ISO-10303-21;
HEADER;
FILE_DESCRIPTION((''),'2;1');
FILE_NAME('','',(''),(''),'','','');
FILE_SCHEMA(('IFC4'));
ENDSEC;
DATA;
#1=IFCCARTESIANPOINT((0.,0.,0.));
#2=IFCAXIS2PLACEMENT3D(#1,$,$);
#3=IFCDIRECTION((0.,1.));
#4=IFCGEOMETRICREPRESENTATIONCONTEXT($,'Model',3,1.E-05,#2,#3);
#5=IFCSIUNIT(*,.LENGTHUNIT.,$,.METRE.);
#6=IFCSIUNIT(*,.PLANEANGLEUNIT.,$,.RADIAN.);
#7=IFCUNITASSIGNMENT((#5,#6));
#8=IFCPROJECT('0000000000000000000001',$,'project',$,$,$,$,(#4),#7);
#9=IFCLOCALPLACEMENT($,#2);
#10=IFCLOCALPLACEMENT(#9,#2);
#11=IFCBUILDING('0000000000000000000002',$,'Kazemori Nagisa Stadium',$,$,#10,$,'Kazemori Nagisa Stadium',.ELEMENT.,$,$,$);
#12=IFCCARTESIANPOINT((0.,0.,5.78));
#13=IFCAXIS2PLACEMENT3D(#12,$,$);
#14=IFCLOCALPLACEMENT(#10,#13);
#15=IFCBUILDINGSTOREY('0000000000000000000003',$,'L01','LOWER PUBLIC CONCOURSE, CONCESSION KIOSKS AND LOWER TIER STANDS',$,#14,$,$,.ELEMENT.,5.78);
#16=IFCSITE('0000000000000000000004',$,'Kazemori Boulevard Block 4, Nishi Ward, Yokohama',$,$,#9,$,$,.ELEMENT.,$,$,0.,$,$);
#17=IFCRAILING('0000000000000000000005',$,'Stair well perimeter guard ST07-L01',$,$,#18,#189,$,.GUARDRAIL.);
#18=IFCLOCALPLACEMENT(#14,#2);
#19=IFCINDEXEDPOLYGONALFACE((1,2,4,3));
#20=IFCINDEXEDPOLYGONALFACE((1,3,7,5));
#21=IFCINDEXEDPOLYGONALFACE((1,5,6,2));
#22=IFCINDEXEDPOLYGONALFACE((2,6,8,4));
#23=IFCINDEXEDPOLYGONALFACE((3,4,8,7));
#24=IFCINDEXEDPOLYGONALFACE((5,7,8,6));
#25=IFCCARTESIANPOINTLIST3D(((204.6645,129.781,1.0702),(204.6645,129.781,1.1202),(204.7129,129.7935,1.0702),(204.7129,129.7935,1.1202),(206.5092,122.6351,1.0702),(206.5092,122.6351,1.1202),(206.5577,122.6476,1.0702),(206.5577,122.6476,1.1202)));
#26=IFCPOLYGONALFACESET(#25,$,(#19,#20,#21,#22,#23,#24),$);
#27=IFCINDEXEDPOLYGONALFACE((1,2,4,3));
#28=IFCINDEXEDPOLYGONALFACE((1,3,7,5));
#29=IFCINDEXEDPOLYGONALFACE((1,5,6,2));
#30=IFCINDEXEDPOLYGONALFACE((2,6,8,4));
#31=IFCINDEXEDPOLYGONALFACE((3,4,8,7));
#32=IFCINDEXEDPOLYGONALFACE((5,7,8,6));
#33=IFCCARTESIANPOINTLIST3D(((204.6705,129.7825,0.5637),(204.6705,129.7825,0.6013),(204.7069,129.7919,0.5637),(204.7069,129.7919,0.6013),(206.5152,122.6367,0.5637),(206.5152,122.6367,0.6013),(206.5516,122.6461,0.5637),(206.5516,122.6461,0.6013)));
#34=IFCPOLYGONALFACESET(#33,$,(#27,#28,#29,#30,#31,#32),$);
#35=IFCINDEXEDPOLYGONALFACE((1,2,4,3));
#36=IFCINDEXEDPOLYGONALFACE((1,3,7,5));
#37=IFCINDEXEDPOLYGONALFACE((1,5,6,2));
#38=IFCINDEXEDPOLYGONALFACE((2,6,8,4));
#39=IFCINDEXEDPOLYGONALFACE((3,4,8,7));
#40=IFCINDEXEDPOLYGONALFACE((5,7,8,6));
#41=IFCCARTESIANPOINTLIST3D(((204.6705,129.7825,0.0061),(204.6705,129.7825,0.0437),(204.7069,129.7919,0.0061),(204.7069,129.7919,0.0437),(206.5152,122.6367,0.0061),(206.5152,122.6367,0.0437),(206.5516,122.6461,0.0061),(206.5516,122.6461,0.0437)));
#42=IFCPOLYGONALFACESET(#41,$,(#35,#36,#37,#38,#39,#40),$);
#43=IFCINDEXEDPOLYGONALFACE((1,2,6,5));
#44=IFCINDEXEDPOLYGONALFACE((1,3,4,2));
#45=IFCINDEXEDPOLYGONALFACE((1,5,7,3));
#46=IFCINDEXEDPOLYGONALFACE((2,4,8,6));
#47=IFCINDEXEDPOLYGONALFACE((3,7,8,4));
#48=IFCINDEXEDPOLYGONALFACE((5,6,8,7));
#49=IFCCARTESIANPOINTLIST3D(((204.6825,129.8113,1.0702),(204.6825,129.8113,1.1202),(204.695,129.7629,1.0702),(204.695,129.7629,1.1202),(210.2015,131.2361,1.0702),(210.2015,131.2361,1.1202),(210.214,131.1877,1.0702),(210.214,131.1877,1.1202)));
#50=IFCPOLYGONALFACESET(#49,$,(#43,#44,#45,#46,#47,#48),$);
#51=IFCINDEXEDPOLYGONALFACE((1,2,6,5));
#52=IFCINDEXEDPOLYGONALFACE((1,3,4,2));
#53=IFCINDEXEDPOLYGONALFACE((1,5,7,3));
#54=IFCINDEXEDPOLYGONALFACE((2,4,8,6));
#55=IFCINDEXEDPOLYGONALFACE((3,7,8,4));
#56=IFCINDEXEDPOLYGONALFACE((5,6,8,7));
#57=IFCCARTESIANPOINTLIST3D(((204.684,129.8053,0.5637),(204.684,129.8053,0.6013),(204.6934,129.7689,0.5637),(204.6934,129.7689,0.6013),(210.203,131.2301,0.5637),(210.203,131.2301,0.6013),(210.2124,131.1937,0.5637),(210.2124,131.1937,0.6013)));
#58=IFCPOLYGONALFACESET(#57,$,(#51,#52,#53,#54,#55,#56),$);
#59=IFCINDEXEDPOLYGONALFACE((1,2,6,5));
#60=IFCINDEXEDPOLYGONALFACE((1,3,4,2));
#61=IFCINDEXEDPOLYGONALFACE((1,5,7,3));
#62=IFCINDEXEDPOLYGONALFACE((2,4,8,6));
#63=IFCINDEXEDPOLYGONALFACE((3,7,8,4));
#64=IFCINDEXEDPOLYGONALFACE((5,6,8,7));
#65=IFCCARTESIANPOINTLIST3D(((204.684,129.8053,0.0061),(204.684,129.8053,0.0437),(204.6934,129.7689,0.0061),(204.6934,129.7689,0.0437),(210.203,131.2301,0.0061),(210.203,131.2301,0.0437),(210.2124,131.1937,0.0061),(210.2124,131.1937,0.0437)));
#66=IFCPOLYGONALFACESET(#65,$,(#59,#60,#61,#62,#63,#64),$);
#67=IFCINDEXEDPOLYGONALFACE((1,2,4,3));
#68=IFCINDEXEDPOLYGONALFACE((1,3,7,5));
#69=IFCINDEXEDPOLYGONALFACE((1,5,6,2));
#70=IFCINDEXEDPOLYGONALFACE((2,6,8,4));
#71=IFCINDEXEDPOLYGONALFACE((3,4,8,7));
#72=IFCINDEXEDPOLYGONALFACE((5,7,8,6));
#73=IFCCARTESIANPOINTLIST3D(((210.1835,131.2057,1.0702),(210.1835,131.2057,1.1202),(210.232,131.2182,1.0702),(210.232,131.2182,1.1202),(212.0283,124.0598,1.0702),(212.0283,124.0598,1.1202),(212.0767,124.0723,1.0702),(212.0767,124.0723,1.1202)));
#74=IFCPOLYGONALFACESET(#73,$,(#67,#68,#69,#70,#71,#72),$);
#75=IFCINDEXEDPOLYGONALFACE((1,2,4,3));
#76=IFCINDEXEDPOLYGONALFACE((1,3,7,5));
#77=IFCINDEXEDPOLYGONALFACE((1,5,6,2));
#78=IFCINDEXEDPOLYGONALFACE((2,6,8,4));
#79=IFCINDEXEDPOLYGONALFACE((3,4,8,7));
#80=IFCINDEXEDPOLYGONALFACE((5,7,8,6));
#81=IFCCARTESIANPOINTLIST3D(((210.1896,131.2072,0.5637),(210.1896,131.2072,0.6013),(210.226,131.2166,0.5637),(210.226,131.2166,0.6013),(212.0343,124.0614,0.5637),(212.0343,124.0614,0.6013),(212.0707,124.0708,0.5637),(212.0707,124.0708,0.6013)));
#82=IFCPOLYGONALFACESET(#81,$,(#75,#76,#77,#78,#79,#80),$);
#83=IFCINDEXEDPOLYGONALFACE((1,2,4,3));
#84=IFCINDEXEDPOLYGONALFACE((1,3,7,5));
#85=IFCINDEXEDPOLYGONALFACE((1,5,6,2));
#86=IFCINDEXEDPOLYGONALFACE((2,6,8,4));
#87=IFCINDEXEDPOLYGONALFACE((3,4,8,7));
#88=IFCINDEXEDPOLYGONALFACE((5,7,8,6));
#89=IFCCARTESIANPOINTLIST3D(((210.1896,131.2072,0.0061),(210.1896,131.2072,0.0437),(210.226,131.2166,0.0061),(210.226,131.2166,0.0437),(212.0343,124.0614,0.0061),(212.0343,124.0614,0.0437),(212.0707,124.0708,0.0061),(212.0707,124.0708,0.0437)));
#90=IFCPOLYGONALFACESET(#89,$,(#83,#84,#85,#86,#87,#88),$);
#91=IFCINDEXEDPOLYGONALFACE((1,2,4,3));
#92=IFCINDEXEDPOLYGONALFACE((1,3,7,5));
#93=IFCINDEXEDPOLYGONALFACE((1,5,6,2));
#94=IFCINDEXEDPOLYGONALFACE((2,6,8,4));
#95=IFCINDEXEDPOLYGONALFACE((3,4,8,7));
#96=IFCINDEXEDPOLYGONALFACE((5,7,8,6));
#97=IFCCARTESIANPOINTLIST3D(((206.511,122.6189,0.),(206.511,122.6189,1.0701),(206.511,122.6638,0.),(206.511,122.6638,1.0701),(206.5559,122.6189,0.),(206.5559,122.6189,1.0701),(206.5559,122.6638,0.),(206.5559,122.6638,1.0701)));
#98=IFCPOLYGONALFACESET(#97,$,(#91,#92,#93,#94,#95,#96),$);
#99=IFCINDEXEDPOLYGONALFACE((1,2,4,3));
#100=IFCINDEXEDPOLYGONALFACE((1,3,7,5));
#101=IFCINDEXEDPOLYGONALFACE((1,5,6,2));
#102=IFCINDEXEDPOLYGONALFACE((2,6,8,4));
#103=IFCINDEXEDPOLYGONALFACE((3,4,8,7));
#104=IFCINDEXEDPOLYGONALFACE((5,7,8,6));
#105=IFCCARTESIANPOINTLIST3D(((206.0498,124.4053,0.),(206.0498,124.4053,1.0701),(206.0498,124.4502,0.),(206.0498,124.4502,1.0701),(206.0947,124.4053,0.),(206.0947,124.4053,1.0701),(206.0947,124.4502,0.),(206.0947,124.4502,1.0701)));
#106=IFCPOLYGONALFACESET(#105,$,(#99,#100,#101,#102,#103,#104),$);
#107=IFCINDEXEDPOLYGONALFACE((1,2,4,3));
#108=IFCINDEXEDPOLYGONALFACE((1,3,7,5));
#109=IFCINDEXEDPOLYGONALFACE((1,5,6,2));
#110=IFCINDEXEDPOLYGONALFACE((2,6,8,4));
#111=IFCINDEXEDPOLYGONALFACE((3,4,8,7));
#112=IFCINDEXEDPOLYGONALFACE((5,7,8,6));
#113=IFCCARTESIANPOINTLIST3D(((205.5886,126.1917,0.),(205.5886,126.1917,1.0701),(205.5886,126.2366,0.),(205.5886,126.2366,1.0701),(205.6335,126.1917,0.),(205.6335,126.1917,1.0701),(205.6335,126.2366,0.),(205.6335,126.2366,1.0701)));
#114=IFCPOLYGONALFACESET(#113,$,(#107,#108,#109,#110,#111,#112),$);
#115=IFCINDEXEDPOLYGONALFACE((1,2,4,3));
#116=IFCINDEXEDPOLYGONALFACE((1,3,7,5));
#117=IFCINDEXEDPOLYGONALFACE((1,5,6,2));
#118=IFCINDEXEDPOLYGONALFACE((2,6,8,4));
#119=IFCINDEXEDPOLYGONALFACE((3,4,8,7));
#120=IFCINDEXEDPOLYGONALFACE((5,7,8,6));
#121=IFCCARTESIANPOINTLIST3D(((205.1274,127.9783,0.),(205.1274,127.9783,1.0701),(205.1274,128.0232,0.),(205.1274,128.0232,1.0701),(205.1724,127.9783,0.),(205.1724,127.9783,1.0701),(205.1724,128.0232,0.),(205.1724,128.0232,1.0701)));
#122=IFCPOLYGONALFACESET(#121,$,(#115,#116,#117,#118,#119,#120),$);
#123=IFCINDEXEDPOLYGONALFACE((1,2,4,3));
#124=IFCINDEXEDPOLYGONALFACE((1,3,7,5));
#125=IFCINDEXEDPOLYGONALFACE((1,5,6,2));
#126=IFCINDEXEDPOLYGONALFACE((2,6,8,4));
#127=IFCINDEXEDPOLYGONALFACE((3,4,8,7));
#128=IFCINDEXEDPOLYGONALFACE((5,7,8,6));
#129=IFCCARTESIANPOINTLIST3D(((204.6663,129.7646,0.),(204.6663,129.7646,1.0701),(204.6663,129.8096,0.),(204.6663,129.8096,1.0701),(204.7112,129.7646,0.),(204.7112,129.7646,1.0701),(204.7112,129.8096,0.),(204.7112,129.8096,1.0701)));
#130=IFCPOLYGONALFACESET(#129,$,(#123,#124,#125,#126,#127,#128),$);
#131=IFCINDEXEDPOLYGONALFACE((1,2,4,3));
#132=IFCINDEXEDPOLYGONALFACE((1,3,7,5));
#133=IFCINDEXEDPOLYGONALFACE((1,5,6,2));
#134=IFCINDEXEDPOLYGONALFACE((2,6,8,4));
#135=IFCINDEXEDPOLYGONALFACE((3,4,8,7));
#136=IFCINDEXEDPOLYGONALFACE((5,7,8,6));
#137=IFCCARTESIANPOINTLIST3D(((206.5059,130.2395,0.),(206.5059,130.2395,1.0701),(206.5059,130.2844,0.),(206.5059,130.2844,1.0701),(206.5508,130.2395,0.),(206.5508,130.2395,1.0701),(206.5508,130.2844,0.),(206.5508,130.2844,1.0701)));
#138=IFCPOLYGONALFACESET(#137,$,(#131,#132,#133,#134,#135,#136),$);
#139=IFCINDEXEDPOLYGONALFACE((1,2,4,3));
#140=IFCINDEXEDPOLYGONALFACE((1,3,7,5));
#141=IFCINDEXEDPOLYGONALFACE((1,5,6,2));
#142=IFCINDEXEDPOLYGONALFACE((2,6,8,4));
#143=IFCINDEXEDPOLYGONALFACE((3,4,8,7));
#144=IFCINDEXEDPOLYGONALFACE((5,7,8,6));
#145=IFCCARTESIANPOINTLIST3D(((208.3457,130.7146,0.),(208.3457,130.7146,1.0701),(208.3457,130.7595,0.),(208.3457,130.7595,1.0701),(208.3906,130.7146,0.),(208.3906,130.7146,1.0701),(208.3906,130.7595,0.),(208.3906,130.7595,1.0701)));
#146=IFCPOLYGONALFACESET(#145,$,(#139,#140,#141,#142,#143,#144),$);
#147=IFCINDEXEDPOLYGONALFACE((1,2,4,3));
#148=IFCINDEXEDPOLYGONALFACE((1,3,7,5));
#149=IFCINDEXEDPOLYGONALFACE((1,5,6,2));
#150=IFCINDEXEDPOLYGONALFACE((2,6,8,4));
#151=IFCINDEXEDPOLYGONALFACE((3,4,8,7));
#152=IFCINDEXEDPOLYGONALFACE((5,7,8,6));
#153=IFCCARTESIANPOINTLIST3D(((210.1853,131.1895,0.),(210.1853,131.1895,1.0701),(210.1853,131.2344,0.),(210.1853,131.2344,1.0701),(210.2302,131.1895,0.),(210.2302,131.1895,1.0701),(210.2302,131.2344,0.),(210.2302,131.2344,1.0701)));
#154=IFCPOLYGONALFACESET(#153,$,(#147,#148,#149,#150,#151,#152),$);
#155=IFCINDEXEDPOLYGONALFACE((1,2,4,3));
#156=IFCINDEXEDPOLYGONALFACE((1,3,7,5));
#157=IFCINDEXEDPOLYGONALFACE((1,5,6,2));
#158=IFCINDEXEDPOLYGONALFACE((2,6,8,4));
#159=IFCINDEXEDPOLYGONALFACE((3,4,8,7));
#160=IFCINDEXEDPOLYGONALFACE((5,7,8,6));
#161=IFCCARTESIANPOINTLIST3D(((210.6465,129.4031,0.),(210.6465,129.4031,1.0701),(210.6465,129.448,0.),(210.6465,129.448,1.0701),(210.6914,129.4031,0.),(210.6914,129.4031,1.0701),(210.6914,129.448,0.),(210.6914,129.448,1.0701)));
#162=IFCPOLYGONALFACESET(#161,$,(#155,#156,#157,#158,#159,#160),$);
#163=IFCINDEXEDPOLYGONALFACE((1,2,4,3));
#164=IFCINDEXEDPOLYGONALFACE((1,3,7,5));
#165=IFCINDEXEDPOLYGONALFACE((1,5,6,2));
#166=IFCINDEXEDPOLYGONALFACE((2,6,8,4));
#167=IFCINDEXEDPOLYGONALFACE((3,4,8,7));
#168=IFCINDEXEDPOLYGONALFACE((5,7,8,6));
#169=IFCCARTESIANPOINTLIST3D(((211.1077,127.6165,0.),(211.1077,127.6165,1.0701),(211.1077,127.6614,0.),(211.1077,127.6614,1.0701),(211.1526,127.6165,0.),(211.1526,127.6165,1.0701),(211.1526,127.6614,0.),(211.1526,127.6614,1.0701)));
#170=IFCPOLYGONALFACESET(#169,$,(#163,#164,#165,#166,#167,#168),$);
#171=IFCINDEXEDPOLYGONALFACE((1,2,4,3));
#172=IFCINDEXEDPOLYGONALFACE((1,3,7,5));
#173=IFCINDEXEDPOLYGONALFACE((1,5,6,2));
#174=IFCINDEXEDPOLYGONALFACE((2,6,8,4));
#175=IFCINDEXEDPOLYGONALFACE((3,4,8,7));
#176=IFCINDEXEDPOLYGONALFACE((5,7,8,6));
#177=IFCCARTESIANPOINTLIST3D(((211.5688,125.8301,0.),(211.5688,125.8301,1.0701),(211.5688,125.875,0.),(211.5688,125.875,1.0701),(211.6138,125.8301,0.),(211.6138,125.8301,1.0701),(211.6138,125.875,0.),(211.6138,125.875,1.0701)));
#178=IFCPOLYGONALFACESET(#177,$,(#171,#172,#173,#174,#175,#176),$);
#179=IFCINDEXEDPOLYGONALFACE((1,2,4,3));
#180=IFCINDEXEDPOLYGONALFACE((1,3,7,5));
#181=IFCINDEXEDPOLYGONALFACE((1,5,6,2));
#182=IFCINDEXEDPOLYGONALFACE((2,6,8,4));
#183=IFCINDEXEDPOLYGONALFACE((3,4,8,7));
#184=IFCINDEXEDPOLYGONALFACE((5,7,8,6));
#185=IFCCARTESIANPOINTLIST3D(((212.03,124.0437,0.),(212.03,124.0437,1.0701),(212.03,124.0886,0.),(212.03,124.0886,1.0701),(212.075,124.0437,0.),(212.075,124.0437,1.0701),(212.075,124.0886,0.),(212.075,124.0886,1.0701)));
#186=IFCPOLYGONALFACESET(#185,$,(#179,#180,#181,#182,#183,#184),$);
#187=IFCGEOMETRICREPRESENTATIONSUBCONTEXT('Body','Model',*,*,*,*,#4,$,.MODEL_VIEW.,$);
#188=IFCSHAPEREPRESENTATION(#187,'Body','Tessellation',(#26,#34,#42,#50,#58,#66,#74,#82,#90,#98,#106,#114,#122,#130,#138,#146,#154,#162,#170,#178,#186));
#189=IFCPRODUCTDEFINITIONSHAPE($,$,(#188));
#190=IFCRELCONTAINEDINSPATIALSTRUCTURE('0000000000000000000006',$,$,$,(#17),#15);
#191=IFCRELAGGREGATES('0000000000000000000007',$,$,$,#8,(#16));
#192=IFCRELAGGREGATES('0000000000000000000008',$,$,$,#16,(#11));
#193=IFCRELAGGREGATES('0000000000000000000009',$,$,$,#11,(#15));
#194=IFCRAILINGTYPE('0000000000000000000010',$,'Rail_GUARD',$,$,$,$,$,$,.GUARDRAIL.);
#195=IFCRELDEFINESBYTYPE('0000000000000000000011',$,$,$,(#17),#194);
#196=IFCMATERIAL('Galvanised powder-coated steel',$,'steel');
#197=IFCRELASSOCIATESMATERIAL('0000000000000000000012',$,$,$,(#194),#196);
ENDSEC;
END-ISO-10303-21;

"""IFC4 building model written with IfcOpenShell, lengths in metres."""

from ifc_helpers import new_model, si_unit, direction, frame, origin, origin_2d, place, context, subcontext, project, spatial, rectangle, extrude, material, type_object, element, save


model = new_model("IFC4")

# Units and contexts
model_context = context("Model", 3, precision=1e-05, world=origin(), true_north=direction((0.0, 1.0)))
body_context = subcontext(model_context, "Body", "Model", "MODEL_VIEW")
ifc_project = project(units=[si_unit("LENGTHUNIT", "METRE"), si_unit("PLANEANGLEUNIT", "RADIAN")], contexts=[model_context])

# Site, building, storey
site_placement = place(None, origin())
site = spatial("IfcSite", under=ifc_project, at=site_placement, Name="Kazemori Boulevard Block 4, Nishi Ward, Yokohama", CompositionType="ELEMENT", RefElevation=0.0)
building_placement = place(site_placement, origin())
building = spatial("IfcBuilding", under=site, at=building_placement, Name="Kazemori Nagisa Stadium", LongName="Kazemori Nagisa Stadium", CompositionType="ELEMENT")
storey_placement = place(building_placement, frame((0.0, 0.0, 5.78)))
storey = spatial("IfcBuildingStorey", under=building, at=storey_placement, Name="L01", Description="LOWER PUBLIC CONCOURSE, CONCESSION KIOSKS AND LOWER TIER STANDS", CompositionType="ELEMENT", Elevation=5.78)

# Railing
ifc_material_1 = material(Name="Galvanised powder-coated steel", Category="steel")
railing_type_1 = type_object("IfcRailingType", Name="Rail_GUARD", PredefinedType="GUARDRAIL", material=ifc_material_1)
railing_1_placement = place(storey_placement, frame((206.5334, 122.6414, 0.0)))
element("IfcRailing", 1, at=railing_1_placement, inside=storey, type_object=railing_type_1, Name="Stair well perimeter guard ST07-L01", PredefinedType="GUARDRAIL", context=body_context, shape_type="SweptSolid", body=[
    extrude(rectangle(XDim=0.05, YDim=0.05, at=origin_2d()), frame((0.0, 0.0, 1.0952), z_axis=(-0.249962, 0.968256, 0.0), x_axis=(-0.968256, -0.249962, 0.0)), (0.0, 0.0, 1.0), 7.3801),
    extrude(rectangle(XDim=0.0376, YDim=0.0376, at=origin_2d()), frame((0.0, 0.0, 0.5825), z_axis=(-0.249962, 0.968256, 0.0), x_axis=(-0.968256, -0.249962, 0.0)), (0.0, 0.0, 1.0), 7.3801),
    extrude(rectangle(XDim=0.0376, YDim=0.0376, at=origin_2d()), frame((0.0, 0.0, 0.0249), z_axis=(-0.249962, 0.968256, 0.0), x_axis=(-0.968256, -0.249962, 0.0)), (0.0, 0.0, 1.0), 7.3801),
    extrude(rectangle(XDim=0.05, YDim=0.05, at=origin_2d()), frame((-1.8447, 7.1458, 1.0952), z_axis=(0.968255, 0.249966, 0.0), x_axis=(-0.249966, 0.968255, 0.0)), (0.0, 0.0, 1.0), 5.7),
    extrude(rectangle(XDim=0.0376, YDim=0.0376, at=origin_2d()), frame((-1.8447, 7.1458, 0.5825), z_axis=(0.968255, 0.249966, 0.0), x_axis=(-0.249966, 0.968255, 0.0)), (0.0, 0.0, 1.0), 5.7),
    extrude(rectangle(XDim=0.0376, YDim=0.0376, at=origin_2d()), frame((-1.8447, 7.1458, 0.0249), z_axis=(0.968255, 0.249966, 0.0), x_axis=(-0.249966, 0.968255, 0.0)), (0.0, 0.0, 1.0), 5.7),
    extrude(rectangle(XDim=0.05, YDim=0.05, at=origin_2d()), frame((3.6743, 8.5706, 1.0952), z_axis=(0.249962, -0.968256, 0.0), x_axis=(0.968256, 0.249962, 0.0)), (0.0, 0.0, 1.0), 7.3801),
    extrude(rectangle(XDim=0.0376, YDim=0.0376, at=origin_2d()), frame((3.6743, 8.5706, 0.5825), z_axis=(0.249962, -0.968256, 0.0), x_axis=(0.968256, 0.249962, 0.0)), (0.0, 0.0, 1.0), 7.3801),
    extrude(rectangle(XDim=0.0376, YDim=0.0376, at=origin_2d()), frame((3.6743, 8.5706, 0.0249), z_axis=(0.249962, -0.968256, 0.0), x_axis=(0.968256, 0.249962, 0.0)), (0.0, 0.0, 1.0), 7.3801),
    extrude(rectangle(XDim=0.0449, YDim=0.0449, at=origin_2d()), origin(), (0.0, 0.0, 1.0), 1.0701),
    extrude(rectangle(XDim=0.0449, YDim=0.0449, at=origin_2d()), frame((-0.4612, 1.7864, 0.0)), (0.0, 0.0, 1.0), 1.0701),
    extrude(rectangle(XDim=0.0449, YDim=0.0449, at=origin_2d()), frame((-0.9224, 3.5728, 0.0)), (0.0, 0.0, 1.0), 1.0701),
    extrude(rectangle(XDim=0.0449, YDim=0.0449, at=origin_2d()), frame((-1.3835, 5.3594, 0.0)), (0.0, 0.0, 1.0), 1.0701),
    extrude(rectangle(XDim=0.0449, YDim=0.0449, at=origin_2d()), frame((-1.8447, 7.1458, 0.0)), (0.0, 0.0, 1.0), 1.0701),
    extrude(rectangle(XDim=0.0449, YDim=0.0449, at=origin_2d()), frame((-0.0051, 7.6206, 0.0)), (0.0, 0.0, 1.0), 1.0701),
    extrude(rectangle(XDim=0.0449, YDim=0.0449, at=origin_2d()), frame((1.8347, 8.0957, 0.0)), (0.0, 0.0, 1.0), 1.0701),
    extrude(rectangle(XDim=0.0449, YDim=0.0449, at=origin_2d()), frame((3.6743, 8.5706, 0.0)), (0.0, 0.0, 1.0), 1.0701),
    extrude(rectangle(XDim=0.0449, YDim=0.0449, at=origin_2d()), frame((4.1355, 6.7842, 0.0)), (0.0, 0.0, 1.0), 1.0701),
    extrude(rectangle(XDim=0.0449, YDim=0.0449, at=origin_2d()), frame((4.5967, 4.9976, 0.0)), (0.0, 0.0, 1.0), 1.0701),
    extrude(rectangle(XDim=0.0449, YDim=0.0449, at=origin_2d()), frame((5.0579, 3.2112, 0.0)), (0.0, 0.0, 1.0), 1.0701),
    extrude(rectangle(XDim=0.0449, YDim=0.0449, at=origin_2d()), frame((5.519, 1.4248, 0.0)), (0.0, 0.0, 1.0), 1.0701),
])

save(model, "model.ifc")
